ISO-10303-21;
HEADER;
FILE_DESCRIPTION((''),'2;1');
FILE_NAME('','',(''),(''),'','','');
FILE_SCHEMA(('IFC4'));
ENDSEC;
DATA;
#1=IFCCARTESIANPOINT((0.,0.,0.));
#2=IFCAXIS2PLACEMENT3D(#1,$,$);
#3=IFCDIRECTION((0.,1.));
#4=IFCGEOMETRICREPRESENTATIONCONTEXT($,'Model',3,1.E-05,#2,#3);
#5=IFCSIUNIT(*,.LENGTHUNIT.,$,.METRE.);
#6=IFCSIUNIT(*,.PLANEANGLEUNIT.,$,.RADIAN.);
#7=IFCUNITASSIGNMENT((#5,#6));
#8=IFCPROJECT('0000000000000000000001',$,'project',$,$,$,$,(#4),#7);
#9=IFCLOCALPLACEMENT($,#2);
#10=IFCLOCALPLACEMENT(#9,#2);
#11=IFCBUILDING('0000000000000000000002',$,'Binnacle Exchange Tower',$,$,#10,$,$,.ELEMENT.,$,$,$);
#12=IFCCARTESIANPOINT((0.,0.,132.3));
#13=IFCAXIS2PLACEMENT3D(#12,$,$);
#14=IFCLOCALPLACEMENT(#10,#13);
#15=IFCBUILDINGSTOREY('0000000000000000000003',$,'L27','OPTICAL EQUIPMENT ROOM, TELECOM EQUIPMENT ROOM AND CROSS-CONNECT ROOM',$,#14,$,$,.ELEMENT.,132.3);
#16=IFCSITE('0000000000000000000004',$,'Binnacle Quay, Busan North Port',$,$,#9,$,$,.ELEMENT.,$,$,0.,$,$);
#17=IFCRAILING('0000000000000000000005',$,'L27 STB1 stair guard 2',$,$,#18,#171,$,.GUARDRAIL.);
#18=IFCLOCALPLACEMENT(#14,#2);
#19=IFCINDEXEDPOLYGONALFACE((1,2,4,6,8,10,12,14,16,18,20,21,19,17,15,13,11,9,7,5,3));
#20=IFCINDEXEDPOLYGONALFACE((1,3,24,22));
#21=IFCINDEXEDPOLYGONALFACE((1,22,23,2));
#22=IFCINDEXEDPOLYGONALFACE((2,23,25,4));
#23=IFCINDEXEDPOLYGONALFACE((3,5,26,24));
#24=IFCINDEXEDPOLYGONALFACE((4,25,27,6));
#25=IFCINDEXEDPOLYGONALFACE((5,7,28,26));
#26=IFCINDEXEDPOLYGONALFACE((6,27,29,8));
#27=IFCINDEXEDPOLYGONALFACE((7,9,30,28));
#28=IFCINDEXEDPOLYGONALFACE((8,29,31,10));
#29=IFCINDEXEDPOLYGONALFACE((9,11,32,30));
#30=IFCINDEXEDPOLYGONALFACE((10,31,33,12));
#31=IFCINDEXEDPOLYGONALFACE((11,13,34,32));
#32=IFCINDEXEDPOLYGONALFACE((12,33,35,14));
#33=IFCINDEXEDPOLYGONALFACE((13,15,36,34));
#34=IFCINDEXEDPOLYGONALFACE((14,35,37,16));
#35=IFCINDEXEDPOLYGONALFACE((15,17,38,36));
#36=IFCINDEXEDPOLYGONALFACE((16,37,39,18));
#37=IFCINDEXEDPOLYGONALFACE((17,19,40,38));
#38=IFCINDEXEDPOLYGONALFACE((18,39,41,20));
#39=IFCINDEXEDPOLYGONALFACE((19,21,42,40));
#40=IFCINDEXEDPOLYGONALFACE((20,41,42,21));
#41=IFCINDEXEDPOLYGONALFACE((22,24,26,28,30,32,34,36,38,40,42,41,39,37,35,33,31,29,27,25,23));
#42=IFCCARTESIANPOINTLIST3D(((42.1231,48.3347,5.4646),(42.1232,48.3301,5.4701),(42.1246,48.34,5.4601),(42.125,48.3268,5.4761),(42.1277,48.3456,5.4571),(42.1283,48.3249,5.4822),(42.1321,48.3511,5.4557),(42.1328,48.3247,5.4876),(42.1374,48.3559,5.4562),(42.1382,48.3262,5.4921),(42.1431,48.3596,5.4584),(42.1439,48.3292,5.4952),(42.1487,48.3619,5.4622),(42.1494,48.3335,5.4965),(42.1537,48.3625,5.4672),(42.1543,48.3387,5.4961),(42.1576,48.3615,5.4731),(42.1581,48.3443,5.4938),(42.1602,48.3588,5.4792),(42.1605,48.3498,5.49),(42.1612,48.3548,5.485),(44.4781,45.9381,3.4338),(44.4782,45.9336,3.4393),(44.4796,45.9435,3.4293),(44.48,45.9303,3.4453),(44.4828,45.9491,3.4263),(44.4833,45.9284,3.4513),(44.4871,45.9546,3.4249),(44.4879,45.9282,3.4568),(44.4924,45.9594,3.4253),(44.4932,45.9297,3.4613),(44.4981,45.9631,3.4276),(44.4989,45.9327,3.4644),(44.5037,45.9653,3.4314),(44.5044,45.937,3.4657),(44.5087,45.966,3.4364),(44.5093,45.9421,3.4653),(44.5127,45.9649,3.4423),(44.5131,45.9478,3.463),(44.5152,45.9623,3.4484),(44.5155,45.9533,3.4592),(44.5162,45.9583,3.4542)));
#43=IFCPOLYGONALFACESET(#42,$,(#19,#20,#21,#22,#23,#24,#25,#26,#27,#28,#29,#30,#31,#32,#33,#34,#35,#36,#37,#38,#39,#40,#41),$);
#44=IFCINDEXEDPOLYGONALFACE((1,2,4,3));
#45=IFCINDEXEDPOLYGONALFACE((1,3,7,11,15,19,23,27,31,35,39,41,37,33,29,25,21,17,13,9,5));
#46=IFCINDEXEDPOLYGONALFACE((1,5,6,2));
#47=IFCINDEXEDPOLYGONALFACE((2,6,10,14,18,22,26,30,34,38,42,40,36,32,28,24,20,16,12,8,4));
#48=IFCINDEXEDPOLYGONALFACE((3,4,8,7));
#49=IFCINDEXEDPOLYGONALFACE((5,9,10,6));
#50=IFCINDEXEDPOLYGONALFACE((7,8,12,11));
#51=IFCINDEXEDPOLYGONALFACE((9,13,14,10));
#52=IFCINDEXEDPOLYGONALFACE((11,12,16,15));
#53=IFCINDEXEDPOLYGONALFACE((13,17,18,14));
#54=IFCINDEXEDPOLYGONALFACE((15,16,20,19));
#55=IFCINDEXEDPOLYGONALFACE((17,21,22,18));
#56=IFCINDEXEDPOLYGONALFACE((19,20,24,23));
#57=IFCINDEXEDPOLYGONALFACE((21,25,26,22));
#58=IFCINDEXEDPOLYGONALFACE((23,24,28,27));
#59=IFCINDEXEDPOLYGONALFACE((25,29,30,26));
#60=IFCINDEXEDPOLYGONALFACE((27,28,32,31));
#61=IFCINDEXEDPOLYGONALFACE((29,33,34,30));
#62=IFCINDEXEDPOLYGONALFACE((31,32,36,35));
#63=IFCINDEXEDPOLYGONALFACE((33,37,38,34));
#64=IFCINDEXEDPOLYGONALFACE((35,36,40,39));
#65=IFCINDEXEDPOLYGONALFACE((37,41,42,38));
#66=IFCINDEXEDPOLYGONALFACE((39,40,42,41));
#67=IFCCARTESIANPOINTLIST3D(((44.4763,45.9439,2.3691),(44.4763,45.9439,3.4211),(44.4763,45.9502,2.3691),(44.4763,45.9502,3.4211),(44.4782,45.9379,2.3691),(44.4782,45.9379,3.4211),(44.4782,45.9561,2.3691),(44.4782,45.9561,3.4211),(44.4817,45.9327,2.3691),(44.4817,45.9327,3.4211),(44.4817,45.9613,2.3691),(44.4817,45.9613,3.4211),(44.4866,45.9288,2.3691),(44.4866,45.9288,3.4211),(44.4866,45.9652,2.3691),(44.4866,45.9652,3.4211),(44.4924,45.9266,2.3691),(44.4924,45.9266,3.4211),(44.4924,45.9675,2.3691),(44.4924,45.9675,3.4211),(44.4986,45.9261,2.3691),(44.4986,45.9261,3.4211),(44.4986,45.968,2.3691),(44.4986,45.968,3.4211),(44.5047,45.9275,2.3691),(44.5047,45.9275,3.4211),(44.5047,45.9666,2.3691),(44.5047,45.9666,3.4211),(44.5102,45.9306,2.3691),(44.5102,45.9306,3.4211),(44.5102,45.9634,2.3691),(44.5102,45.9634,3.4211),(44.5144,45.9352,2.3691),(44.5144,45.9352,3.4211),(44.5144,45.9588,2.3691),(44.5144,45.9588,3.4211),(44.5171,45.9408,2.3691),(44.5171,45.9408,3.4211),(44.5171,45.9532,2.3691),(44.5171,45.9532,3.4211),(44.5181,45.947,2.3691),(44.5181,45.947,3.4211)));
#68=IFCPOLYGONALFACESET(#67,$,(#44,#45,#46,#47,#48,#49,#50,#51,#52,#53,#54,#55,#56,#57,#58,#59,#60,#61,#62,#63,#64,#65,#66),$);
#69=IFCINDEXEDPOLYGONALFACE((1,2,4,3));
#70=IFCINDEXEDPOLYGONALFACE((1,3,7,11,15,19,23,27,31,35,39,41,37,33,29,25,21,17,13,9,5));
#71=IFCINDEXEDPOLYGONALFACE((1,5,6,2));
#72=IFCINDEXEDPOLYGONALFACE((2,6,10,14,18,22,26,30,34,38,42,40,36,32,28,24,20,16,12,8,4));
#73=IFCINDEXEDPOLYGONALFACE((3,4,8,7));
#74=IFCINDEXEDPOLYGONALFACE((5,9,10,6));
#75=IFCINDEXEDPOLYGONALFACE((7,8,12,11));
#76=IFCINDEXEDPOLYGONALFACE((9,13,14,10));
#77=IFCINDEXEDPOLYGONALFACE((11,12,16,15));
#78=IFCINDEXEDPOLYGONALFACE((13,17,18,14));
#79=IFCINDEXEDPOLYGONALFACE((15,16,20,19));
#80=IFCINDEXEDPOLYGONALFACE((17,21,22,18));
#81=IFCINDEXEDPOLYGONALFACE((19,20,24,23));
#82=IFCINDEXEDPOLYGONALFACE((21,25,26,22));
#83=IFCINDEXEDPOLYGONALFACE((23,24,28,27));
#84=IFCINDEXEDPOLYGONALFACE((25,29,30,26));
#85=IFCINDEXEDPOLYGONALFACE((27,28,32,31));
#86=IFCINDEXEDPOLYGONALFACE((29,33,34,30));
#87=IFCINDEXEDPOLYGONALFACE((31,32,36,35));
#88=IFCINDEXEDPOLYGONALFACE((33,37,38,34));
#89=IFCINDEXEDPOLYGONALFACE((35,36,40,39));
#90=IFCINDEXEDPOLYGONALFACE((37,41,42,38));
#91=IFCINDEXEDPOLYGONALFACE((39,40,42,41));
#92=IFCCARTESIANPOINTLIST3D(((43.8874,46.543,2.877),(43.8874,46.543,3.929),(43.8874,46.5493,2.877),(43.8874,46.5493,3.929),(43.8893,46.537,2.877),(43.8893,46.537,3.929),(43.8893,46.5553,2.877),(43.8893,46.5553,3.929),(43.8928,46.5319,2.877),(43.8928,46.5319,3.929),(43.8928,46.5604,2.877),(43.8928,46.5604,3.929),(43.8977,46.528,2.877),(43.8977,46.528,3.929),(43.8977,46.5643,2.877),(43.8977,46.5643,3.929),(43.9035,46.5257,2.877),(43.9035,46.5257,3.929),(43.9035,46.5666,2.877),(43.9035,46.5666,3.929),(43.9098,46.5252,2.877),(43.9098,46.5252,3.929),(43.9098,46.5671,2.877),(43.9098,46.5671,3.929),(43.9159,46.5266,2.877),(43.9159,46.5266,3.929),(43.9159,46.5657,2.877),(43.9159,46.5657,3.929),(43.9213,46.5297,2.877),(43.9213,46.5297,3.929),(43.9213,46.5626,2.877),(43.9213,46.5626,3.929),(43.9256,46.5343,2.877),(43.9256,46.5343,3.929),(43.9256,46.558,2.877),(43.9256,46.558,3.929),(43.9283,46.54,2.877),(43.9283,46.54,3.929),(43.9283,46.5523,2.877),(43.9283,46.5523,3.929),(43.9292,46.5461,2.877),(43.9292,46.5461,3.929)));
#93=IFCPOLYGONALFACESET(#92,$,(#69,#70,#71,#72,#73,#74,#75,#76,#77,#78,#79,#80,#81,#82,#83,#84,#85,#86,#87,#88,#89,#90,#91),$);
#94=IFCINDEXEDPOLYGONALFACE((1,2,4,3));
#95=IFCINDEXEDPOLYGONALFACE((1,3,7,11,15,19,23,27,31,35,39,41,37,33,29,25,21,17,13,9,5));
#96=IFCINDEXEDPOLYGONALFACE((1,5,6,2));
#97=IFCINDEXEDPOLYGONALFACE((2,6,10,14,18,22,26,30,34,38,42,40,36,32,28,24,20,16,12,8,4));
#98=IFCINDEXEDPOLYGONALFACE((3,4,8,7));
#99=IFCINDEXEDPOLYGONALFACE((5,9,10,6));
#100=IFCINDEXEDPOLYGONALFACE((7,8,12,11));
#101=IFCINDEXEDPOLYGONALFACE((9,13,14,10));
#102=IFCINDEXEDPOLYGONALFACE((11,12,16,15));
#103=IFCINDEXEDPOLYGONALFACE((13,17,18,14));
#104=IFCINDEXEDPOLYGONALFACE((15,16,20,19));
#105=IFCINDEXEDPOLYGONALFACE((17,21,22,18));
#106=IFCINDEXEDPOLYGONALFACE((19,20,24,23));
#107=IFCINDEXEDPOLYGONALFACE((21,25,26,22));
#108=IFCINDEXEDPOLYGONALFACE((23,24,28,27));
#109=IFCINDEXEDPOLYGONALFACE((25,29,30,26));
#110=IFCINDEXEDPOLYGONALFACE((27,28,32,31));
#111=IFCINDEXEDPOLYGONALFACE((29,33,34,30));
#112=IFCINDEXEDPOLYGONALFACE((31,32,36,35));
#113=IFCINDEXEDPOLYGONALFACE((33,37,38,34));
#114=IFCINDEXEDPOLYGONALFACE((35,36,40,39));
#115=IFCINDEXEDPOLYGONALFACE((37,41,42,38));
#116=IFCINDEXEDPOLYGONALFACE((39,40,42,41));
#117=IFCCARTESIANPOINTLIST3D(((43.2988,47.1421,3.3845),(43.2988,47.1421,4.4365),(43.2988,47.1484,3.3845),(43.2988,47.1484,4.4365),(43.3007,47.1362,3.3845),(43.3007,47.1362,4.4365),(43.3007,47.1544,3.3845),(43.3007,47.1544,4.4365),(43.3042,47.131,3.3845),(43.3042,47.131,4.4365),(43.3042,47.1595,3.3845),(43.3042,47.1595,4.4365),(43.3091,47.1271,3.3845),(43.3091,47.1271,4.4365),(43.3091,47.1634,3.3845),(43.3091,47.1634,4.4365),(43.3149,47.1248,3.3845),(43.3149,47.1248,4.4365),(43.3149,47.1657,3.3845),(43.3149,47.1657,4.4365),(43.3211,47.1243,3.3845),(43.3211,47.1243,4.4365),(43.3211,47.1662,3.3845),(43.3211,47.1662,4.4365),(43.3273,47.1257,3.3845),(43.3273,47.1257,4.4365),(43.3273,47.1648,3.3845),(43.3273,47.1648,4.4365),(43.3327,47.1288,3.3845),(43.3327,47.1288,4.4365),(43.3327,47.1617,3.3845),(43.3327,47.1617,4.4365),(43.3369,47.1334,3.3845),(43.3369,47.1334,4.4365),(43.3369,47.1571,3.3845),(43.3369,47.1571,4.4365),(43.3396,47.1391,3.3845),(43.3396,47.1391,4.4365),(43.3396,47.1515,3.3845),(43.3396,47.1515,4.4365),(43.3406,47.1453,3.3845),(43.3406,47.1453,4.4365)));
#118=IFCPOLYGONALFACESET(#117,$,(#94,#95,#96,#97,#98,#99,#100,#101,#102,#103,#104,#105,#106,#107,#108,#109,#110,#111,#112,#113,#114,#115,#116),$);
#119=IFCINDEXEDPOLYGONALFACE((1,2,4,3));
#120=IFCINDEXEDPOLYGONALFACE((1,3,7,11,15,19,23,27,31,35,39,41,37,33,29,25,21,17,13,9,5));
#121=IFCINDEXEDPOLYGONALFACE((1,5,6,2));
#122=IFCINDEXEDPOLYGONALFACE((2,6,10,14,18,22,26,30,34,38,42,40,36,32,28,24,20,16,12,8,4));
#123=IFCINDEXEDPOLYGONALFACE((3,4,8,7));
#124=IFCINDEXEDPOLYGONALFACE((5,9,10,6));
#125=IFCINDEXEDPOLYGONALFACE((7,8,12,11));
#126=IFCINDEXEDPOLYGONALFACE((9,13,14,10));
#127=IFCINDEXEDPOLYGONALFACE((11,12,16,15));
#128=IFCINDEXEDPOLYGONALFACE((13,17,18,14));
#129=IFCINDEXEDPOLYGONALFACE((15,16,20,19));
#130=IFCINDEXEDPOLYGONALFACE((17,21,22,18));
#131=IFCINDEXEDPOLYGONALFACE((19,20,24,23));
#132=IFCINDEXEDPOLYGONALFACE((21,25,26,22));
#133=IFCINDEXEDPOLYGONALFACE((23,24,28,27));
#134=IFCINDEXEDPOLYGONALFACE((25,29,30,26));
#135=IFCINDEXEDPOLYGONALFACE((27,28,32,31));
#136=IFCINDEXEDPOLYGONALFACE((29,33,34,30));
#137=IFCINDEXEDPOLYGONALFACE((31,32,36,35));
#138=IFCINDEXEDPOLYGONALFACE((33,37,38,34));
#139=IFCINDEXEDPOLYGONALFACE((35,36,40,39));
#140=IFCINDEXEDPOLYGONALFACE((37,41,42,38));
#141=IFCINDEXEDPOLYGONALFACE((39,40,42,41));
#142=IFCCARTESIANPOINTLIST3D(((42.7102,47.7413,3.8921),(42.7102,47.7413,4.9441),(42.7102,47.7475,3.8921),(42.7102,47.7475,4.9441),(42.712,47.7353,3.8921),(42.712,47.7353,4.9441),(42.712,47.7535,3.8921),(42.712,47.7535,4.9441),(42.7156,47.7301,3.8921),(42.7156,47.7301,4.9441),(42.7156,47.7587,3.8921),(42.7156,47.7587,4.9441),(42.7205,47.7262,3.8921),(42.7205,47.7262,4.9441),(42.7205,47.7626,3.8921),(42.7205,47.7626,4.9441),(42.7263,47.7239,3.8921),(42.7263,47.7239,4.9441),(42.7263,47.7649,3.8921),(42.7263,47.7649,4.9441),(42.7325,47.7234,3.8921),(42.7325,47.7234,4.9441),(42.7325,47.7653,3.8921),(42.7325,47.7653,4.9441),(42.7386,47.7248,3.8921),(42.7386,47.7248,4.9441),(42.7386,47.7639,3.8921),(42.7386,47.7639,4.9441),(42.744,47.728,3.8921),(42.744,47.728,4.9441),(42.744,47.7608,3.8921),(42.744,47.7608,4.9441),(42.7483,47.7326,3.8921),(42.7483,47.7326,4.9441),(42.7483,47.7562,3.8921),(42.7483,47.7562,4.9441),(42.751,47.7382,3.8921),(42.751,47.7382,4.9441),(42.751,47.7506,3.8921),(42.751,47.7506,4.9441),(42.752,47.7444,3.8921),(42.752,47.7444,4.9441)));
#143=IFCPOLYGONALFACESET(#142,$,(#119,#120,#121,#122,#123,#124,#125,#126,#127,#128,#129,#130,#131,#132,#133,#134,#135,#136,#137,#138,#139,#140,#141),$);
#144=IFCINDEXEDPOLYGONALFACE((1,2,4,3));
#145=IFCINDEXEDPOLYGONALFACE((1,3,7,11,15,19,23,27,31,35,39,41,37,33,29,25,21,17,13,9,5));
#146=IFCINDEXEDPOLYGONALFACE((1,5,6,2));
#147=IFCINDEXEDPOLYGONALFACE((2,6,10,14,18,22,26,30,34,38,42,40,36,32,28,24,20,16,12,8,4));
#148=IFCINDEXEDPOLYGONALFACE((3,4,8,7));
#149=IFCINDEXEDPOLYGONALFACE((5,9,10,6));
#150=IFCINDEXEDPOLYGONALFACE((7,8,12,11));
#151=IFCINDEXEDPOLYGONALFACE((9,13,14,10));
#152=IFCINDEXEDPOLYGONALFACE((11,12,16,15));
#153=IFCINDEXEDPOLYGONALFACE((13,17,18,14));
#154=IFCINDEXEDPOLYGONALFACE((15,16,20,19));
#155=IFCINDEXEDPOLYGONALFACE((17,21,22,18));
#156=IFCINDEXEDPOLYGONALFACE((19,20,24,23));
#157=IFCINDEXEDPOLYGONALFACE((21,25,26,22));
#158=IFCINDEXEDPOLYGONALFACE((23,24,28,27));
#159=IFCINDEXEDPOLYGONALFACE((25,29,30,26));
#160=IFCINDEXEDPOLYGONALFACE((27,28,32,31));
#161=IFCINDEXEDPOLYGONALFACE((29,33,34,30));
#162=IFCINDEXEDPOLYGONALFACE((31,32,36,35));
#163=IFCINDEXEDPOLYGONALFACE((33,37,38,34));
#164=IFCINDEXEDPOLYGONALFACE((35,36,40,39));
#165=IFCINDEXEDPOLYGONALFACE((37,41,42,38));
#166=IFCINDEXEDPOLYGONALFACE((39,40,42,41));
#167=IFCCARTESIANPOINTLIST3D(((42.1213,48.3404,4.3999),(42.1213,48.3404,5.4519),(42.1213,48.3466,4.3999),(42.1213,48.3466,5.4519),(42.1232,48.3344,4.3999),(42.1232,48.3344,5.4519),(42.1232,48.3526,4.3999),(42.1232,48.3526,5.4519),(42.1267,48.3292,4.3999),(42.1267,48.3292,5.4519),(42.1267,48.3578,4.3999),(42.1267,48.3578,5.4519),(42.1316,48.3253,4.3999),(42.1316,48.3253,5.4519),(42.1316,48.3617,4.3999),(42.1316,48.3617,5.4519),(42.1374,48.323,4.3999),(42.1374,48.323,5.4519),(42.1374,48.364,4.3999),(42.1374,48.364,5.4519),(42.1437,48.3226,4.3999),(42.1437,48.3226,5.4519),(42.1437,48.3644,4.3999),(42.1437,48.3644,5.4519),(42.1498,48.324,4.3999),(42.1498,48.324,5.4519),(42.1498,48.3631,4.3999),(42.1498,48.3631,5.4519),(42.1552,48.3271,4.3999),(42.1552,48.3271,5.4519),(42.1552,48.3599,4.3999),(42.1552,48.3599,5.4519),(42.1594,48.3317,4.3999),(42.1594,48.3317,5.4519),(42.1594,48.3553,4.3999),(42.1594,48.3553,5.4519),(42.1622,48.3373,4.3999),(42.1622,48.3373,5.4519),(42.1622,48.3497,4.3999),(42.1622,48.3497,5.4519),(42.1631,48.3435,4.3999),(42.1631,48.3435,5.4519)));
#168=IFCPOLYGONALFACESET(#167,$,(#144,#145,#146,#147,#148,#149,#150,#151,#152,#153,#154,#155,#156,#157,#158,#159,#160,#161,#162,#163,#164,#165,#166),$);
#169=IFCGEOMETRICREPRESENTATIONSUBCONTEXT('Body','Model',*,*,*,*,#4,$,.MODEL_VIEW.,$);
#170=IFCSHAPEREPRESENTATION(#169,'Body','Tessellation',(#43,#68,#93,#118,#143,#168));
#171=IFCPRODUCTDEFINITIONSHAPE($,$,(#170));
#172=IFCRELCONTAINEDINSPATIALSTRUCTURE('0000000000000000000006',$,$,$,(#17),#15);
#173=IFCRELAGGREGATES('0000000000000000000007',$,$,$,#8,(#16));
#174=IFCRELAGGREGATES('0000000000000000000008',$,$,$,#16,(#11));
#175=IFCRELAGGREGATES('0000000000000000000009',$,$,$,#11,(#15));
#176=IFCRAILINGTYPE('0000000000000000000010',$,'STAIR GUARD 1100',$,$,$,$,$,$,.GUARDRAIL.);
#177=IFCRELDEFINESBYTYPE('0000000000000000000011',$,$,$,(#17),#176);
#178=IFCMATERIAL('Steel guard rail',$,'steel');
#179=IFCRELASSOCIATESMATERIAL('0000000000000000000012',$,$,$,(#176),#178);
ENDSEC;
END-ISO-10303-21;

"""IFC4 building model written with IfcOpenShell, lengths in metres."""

from ifc_helpers import new_model, si_unit, direction, frame, origin, origin_2d, place, context, subcontext, project, spatial, circle, extrude, material, type_object, element, save


model = new_model("IFC4")

# Units and contexts
model_context = context("Model", 3, precision=1e-05, world=origin(), true_north=direction((0.0, 1.0)))
body_context = subcontext(model_context, "Body", "Model", "MODEL_VIEW")
ifc_project = project(units=[si_unit("LENGTHUNIT", "METRE"), si_unit("PLANEANGLEUNIT", "RADIAN")], contexts=[model_context])

# Site, building, storey
site_placement = place(None, origin())
site = spatial("IfcSite", under=ifc_project, at=site_placement, Name="Binnacle Quay, Busan North Port", CompositionType="ELEMENT", RefElevation=0.0)
building_placement = place(site_placement, origin())
building = spatial("IfcBuilding", under=site, at=building_placement, Name="Binnacle Exchange Tower", CompositionType="ELEMENT")
storey_placement = place(building_placement, frame((0.0, 0.0, 132.3)))
storey = spatial("IfcBuildingStorey", under=building, at=storey_placement, Name="L27", Description="OPTICAL EQUIPMENT ROOM, TELECOM EQUIPMENT ROOM AND CROSS-CONNECT ROOM", CompositionType="ELEMENT", Elevation=132.3)

# Railing
ifc_material_1 = material(Name="Steel guard rail", Category="steel")
railing_type_1 = type_object("IfcRailingType", Name="STAIR GUARD 1100", PredefinedType="GUARDRAIL", material=ifc_material_1)
railing_1_placement = place(storey_placement, frame((44.4971, 45.947, 2.3691)))
element("IfcRailing", 1, at=railing_1_placement, inside=storey, type_object=railing_type_1, Name="L27 STB1 stair guard 2", PredefinedType="GUARDRAIL", context=body_context, shape_type="SweptSolid", body=[
    extrude(circle(Radius=0.0239, at=origin_2d()), frame((0.0, 0.0, 1.0762), z_axis=(-0.59985, 0.610422, 0.517267), x_axis=(-0.713256, -0.700903, 0.0)), (0.0, 0.0, 1.0), 3.926),
    extrude(circle(Radius=0.021, at=origin_2d()), origin(), (0.0, 0.0, 1.0), 1.052),
    extrude(circle(Radius=0.021, at=origin_2d()), frame((-0.5889, 0.5991, 0.5078)), (0.0, 0.0, 1.0), 1.052),
    extrude(circle(Radius=0.021, at=origin_2d()), frame((-1.1775, 1.1982, 1.0154)), (0.0, 0.0, 1.0), 1.052),
    extrude(circle(Radius=0.021, at=origin_2d()), frame((-1.7661, 1.7974, 1.5229)), (0.0, 0.0, 1.0), 1.052),
    extrude(circle(Radius=0.021, at=origin_2d()), frame((-2.355, 2.3965, 2.0308)), (0.0, 0.0, 1.0), 1.052),
])

save(model, "model.ifc")
